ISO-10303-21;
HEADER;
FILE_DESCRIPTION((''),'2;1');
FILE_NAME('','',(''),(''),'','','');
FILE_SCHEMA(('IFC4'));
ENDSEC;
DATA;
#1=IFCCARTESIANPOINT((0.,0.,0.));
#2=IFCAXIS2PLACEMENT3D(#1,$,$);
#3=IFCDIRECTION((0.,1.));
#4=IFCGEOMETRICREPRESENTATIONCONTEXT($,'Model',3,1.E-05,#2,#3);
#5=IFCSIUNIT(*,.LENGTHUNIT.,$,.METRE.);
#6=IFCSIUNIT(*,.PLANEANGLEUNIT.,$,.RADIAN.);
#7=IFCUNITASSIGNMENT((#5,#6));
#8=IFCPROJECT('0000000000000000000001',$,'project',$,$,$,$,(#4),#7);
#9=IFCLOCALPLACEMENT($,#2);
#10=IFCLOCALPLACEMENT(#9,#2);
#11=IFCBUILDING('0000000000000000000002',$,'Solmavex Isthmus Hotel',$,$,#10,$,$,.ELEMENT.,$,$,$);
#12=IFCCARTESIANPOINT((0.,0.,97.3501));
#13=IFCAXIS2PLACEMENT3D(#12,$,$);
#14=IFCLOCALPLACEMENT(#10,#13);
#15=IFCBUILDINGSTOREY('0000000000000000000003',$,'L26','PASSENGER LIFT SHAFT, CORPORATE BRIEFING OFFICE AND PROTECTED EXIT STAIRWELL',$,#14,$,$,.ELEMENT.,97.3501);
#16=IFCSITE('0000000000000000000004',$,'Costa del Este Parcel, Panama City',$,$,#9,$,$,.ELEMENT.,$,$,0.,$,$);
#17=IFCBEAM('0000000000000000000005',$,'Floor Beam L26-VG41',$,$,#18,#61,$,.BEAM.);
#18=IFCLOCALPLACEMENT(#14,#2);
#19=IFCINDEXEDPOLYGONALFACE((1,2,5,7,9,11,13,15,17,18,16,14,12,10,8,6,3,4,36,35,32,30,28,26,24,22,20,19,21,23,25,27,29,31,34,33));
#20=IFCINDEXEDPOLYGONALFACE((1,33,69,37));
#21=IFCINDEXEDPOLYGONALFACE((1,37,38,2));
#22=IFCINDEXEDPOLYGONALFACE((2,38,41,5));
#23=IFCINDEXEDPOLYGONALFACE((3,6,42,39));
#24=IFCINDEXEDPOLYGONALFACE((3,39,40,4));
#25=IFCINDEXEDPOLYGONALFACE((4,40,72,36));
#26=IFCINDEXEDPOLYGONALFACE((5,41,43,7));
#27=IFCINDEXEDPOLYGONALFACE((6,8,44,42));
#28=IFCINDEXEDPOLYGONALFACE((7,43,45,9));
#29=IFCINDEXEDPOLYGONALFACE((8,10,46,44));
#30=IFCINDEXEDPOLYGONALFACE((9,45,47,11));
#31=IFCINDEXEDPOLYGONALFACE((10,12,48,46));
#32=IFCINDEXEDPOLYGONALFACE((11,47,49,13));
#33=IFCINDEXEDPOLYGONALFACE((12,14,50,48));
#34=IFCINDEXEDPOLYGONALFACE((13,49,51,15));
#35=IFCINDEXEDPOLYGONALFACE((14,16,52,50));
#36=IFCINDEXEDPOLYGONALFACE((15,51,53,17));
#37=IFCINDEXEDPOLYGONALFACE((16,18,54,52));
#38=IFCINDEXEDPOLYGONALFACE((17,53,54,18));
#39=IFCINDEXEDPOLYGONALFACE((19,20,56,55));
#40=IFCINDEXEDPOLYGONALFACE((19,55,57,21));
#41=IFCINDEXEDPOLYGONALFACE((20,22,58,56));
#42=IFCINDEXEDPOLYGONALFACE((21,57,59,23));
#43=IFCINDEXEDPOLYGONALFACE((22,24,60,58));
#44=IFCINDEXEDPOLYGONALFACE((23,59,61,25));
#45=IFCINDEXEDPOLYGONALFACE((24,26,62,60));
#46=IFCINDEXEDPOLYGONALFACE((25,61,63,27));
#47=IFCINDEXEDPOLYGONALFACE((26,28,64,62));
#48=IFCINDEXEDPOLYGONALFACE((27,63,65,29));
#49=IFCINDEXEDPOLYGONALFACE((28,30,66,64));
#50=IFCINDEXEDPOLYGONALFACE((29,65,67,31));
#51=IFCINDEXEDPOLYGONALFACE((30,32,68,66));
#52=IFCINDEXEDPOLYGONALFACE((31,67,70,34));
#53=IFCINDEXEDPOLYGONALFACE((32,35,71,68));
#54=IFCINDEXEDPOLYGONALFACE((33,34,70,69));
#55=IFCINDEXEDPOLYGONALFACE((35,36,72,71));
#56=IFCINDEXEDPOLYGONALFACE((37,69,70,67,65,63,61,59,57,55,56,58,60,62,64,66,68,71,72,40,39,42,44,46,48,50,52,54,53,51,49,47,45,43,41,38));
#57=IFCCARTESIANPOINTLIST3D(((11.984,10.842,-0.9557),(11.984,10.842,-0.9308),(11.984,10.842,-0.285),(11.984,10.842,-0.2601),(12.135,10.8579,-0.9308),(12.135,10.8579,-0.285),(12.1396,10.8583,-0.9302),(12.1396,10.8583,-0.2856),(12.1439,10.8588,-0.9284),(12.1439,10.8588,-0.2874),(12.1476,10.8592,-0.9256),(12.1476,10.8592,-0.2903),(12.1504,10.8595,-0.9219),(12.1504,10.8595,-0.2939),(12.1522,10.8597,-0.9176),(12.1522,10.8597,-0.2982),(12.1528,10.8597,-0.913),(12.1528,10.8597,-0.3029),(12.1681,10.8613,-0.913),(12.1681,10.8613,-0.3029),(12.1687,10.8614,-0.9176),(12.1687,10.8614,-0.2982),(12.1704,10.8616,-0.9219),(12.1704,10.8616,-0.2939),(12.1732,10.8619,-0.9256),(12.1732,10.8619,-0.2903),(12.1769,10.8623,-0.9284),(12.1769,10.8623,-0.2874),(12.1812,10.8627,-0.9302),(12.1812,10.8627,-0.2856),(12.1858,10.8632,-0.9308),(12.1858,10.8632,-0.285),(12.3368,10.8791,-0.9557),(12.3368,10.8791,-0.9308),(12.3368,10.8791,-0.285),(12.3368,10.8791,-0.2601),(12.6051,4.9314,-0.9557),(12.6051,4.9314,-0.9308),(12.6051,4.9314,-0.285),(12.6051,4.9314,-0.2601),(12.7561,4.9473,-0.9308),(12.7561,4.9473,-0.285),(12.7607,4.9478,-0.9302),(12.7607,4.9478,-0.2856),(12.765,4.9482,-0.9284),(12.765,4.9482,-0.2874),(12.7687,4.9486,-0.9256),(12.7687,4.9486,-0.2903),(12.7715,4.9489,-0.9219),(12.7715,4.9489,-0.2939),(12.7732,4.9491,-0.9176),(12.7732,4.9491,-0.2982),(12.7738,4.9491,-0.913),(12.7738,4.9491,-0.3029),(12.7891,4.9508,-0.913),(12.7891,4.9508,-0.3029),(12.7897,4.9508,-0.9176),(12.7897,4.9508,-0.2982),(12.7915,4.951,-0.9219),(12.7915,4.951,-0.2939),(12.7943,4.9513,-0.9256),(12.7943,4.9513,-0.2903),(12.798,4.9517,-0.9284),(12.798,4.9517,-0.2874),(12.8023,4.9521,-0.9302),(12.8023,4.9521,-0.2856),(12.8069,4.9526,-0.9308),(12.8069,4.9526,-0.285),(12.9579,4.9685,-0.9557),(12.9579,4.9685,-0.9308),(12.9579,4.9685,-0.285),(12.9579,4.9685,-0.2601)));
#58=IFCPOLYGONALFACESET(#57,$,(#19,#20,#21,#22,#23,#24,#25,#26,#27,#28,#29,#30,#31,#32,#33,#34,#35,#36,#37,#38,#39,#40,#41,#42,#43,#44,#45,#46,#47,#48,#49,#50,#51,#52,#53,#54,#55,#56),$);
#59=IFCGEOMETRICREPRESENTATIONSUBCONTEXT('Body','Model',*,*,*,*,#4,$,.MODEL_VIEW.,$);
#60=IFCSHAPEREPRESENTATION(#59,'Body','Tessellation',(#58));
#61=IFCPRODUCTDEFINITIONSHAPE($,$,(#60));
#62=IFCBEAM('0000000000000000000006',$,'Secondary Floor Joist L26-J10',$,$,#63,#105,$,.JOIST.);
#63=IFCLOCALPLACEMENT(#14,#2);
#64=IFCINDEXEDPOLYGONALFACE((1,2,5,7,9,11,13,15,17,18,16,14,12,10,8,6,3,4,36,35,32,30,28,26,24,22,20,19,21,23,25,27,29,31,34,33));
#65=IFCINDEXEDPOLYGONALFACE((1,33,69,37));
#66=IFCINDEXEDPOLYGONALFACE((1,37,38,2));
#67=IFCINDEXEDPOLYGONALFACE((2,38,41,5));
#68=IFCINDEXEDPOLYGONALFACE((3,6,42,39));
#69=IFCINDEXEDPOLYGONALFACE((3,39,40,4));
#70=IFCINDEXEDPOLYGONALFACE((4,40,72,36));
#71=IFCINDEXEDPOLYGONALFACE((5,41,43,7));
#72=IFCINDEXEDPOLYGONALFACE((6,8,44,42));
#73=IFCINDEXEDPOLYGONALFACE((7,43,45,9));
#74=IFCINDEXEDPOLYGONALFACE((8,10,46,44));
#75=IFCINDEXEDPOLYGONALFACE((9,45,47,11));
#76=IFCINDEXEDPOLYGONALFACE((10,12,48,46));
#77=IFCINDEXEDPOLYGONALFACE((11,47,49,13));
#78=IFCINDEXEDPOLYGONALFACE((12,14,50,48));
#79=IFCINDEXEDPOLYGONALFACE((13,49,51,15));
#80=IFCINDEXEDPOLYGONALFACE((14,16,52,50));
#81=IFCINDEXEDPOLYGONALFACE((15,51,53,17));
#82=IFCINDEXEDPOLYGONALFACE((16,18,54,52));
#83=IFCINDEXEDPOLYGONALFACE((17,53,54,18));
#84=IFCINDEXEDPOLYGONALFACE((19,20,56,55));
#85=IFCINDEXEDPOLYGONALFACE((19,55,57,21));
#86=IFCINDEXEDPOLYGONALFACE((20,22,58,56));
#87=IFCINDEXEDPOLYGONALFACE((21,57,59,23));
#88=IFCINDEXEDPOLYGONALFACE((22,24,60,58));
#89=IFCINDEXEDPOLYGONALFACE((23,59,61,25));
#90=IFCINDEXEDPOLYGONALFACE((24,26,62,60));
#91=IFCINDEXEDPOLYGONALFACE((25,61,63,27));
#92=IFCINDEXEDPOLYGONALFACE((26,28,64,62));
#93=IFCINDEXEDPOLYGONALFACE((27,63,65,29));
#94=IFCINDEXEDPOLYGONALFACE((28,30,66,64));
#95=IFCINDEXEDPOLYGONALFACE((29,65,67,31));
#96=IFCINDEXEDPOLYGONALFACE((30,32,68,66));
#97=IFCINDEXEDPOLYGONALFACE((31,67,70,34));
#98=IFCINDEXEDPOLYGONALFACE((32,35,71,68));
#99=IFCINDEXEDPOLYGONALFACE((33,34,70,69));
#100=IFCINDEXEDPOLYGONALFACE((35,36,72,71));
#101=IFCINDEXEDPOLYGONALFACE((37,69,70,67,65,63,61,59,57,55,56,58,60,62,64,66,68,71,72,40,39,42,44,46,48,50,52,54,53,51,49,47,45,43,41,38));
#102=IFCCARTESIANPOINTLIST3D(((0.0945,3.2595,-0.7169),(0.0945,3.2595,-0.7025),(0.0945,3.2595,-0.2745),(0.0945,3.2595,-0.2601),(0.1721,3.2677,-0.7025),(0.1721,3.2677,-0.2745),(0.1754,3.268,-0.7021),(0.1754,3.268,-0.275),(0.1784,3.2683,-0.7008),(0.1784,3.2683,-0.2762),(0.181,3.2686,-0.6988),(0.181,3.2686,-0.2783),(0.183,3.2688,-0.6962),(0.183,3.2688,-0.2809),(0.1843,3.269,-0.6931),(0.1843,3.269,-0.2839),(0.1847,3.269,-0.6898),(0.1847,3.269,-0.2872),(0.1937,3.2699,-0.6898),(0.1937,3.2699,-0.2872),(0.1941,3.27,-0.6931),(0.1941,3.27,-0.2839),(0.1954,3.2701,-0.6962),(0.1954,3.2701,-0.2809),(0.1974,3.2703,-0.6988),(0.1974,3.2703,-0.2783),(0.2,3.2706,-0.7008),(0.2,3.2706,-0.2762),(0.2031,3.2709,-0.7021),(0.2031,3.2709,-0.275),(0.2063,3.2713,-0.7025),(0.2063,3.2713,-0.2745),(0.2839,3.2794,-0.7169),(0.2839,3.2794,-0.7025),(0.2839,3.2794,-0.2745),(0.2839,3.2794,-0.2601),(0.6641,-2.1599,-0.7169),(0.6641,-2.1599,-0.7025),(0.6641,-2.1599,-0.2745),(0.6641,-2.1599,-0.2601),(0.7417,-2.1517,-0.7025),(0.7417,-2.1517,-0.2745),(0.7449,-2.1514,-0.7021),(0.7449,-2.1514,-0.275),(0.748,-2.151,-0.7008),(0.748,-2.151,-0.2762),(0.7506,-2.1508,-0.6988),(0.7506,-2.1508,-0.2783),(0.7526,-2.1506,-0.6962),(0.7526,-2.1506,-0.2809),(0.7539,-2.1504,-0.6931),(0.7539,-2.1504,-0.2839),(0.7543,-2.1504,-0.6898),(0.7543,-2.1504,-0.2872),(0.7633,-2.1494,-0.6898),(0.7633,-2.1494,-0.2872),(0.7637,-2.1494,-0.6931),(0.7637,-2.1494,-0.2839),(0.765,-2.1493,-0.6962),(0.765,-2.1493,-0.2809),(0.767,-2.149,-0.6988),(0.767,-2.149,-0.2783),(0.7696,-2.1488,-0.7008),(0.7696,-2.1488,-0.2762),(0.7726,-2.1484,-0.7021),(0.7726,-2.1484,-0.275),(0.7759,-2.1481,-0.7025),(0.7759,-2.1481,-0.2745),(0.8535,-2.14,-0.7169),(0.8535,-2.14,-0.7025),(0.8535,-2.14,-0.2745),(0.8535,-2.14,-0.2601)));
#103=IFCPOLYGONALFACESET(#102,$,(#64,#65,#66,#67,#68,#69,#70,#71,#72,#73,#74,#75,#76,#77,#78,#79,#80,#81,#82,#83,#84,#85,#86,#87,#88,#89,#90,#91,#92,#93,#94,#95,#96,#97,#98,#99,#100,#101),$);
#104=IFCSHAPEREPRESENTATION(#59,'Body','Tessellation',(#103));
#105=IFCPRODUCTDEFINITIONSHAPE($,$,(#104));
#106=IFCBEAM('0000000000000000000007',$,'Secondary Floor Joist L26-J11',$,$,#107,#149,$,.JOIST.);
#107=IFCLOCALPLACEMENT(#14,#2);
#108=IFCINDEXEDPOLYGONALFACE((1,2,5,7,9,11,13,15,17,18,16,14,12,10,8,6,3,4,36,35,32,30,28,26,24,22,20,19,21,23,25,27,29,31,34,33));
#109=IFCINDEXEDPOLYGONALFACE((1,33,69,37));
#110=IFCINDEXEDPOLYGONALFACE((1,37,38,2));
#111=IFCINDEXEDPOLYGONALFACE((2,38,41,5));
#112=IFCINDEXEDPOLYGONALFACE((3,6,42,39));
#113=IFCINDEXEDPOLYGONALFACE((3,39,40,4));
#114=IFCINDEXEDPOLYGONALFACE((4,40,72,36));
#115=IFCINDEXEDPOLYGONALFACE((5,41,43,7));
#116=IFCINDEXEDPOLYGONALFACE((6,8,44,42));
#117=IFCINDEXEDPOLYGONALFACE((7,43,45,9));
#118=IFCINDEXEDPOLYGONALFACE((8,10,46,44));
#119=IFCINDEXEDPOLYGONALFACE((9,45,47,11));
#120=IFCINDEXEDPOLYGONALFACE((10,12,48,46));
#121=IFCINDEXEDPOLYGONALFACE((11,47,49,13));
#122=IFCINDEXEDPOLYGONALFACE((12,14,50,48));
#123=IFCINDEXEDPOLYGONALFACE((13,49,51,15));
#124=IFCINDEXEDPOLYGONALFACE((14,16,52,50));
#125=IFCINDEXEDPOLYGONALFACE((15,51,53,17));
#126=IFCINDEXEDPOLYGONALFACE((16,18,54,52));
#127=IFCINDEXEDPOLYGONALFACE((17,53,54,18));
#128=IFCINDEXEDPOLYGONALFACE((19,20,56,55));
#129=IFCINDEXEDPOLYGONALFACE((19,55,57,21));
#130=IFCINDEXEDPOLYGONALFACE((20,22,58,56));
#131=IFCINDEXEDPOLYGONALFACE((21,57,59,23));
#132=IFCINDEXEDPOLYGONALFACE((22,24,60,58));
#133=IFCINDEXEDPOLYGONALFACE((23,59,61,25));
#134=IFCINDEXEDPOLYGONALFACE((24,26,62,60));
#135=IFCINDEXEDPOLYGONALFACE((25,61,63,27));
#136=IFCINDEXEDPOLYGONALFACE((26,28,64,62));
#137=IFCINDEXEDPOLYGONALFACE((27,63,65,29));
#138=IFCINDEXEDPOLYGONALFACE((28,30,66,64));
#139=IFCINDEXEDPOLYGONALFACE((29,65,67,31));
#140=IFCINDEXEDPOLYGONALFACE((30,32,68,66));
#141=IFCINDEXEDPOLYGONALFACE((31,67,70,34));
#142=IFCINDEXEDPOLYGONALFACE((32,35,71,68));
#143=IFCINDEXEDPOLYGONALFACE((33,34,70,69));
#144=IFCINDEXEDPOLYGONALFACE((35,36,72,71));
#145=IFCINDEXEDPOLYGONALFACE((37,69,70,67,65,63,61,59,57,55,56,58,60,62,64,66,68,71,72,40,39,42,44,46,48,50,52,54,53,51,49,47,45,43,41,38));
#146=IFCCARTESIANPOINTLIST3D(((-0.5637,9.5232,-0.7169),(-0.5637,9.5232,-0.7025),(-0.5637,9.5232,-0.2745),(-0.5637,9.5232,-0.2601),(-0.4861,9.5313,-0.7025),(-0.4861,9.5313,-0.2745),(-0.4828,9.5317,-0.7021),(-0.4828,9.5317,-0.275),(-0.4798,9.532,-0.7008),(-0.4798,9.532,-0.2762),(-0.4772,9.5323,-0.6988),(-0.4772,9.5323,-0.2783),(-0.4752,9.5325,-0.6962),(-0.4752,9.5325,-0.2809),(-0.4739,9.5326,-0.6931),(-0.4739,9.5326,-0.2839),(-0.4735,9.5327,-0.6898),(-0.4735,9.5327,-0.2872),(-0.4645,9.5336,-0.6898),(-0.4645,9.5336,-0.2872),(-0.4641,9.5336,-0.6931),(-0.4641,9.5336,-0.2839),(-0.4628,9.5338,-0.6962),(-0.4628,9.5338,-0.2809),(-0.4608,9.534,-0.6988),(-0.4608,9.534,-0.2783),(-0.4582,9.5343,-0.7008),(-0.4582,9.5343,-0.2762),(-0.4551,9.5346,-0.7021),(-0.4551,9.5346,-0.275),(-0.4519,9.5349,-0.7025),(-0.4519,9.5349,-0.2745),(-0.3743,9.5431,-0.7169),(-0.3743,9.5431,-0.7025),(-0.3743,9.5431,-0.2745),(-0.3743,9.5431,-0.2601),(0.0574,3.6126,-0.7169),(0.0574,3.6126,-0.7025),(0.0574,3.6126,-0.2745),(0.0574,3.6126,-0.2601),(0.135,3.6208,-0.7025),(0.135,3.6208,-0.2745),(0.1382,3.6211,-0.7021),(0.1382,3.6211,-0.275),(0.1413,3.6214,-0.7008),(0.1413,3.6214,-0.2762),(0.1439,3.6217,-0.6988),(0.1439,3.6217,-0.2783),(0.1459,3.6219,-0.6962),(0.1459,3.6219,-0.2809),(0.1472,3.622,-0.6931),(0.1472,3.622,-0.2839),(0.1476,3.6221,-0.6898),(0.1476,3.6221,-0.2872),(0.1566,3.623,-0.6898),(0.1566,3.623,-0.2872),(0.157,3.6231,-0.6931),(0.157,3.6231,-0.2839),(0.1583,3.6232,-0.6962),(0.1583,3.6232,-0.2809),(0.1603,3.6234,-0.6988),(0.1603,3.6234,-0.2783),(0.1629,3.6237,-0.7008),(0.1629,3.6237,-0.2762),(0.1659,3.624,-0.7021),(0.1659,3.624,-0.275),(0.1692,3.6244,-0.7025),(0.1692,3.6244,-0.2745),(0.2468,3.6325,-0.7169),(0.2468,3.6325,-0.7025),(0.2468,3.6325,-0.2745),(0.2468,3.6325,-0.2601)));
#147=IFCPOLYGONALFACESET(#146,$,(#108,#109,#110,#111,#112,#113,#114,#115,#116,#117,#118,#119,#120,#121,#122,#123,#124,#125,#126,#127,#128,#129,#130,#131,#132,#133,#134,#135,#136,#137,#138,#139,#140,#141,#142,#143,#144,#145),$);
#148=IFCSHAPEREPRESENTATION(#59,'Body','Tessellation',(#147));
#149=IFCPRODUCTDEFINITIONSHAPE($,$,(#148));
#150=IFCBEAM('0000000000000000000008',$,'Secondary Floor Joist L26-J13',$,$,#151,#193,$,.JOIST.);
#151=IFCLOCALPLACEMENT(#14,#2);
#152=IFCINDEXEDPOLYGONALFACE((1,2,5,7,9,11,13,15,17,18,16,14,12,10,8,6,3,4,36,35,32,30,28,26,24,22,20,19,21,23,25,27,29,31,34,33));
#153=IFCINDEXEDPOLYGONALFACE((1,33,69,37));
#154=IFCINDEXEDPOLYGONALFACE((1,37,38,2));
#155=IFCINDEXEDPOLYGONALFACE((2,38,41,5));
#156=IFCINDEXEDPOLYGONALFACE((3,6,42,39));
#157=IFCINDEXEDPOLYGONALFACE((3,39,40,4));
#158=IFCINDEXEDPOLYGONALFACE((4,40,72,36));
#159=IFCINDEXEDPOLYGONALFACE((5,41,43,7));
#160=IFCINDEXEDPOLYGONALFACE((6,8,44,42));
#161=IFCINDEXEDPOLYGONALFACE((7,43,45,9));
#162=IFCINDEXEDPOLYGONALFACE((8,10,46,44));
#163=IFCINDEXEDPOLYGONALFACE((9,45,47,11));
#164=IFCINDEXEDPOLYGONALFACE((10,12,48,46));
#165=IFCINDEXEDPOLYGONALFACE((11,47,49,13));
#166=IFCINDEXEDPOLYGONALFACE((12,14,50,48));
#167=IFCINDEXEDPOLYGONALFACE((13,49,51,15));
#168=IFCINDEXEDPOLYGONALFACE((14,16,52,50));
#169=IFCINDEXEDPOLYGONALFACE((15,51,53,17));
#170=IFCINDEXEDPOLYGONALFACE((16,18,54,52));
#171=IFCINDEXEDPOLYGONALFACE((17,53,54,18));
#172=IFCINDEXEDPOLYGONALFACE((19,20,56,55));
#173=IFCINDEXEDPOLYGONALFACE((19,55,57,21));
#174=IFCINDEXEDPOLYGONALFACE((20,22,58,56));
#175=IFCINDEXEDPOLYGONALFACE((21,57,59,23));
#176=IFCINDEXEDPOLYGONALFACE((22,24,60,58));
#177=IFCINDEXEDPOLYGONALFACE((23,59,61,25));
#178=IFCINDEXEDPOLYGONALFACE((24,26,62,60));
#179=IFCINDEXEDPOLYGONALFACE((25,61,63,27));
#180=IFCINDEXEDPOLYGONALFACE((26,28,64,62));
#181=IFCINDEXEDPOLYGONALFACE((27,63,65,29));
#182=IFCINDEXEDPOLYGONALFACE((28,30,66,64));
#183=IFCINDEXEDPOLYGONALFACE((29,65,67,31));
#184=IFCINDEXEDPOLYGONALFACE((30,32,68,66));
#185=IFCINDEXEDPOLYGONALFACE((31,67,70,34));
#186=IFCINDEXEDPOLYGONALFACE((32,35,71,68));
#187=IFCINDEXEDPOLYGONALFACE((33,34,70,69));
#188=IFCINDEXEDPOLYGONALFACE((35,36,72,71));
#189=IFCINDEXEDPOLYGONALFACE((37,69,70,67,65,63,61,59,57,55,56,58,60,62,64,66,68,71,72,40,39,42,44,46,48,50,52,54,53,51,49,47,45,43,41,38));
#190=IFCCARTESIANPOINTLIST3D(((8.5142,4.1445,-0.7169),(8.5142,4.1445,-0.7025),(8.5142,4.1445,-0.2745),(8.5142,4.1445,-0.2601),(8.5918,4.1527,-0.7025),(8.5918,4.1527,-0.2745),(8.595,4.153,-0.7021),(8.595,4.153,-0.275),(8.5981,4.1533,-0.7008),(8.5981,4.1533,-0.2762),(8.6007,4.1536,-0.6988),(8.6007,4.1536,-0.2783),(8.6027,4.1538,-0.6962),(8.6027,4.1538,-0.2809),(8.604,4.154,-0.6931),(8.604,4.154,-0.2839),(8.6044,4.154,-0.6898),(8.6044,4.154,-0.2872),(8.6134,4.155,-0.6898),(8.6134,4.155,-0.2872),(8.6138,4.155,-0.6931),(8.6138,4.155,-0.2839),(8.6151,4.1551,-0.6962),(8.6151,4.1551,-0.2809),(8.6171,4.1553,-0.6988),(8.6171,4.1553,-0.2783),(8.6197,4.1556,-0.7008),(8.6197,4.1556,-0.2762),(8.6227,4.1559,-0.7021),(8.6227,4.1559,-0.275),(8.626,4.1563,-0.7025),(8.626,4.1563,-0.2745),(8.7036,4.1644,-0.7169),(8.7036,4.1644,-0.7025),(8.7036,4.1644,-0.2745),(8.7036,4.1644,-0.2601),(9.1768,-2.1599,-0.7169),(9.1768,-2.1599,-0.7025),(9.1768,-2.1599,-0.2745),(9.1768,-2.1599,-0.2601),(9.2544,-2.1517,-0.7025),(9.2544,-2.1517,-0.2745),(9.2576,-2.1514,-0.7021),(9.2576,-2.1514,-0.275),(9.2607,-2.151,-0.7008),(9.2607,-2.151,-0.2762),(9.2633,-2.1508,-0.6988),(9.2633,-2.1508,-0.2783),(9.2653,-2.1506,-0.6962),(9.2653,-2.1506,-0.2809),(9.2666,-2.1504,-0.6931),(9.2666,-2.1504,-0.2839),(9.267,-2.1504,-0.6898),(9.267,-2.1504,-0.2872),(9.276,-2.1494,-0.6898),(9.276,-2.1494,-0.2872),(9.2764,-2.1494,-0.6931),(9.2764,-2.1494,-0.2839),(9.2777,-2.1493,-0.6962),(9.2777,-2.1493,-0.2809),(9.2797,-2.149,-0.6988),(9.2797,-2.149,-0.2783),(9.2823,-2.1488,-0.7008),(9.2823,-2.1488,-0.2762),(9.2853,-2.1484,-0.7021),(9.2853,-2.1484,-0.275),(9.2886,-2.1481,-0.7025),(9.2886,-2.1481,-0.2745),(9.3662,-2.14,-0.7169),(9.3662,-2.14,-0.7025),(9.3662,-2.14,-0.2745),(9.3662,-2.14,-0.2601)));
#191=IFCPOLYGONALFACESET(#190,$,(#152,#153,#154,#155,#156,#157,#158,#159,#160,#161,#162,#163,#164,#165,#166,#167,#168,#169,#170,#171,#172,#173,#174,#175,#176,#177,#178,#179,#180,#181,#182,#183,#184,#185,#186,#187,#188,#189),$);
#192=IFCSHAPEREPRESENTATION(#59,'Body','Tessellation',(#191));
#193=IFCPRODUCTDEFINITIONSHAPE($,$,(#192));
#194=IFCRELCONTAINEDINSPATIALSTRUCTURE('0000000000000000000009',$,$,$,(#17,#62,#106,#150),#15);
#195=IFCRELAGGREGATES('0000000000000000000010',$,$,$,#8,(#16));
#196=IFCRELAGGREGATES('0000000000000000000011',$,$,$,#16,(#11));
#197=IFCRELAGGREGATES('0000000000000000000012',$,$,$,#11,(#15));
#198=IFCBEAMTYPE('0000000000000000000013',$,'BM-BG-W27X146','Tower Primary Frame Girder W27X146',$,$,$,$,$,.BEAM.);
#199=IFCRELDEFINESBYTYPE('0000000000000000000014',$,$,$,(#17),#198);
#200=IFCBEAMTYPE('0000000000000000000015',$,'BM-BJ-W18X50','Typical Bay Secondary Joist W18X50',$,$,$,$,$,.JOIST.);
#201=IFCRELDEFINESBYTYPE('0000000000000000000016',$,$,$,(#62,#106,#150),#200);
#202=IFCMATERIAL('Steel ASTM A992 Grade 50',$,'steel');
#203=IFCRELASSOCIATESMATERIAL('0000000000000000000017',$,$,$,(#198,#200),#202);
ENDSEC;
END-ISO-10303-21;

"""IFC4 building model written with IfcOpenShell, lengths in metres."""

from ifc_helpers import new_model, si_unit, direction, frame, origin, origin_2d, place, context, subcontext, project, spatial, i_section, extrude, material, material_profile, profile_set, type_object, element, save


model = new_model("IFC4")

# Units and contexts
model_context = context("Model", 3, precision=1e-05, world=origin(), true_north=direction((0.0, 1.0)))
body_context = subcontext(model_context, "Body", "Model", "MODEL_VIEW")
ifc_project = project(units=[si_unit("LENGTHUNIT", "METRE"), si_unit("PLANEANGLEUNIT", "RADIAN")], contexts=[model_context])

# Site, building, storey
site_placement = place(None, origin())
site = spatial("IfcSite", under=ifc_project, at=site_placement, Name="Costa del Este Parcel, Panama City", CompositionType="ELEMENT", RefElevation=0.0)
building_placement = place(site_placement, origin())
building = spatial("IfcBuilding", under=site, at=building_placement, Name="Solmavex Isthmus Hotel", CompositionType="ELEMENT")
storey_placement = place(building_placement, frame((0.0, 0.0, 97.3501)))
storey = spatial("IfcBuildingStorey", under=building, at=storey_placement, Name="L26", Description="PASSENGER LIFT SHAFT, CORPORATE BRIEFING OFFICE AND PROTECTED EXIT STAIRWELL", CompositionType="ELEMENT", Elevation=97.3501)

# Beams
ifc_material_1 = material(Name="Steel ASTM A992 Grade 50", Category="steel")
ifc_material_profile_1 = material_profile(ifc_material_1, i_section(OverallWidth=0.3547, OverallDepth=0.6956, WebThickness=0.0154, FlangeThickness=0.0249, FilletRadius=0.0178, at=origin_2d()), Name="W27X146")
ifc_profile_set_1 = profile_set([ifc_material_profile_1], Name="Steel ASTM A992 Grade 50")
beam_type_1 = type_object("IfcBeamType", Name="BM-BG-W27X146", Description="Tower Primary Frame Girder W27X146", PredefinedType="BEAM", material=ifc_profile_set_1)
beam_1_placement = place(storey_placement, frame((12.7815, 4.95, -0.6079), z_axis=(-0.104505, 0.994524, 0.0), x_axis=(-0.994524, -0.104505, 0.0)))
element("IfcBeam", 1, at=beam_1_placement, inside=storey, type_object=beam_type_1, Name="Floor Beam L26-VG41", PredefinedType="BEAM", context=body_context, shape_type="SweptSolid", body=[
    extrude(i_section(OverallWidth=0.3547, OverallDepth=0.6956, WebThickness=0.0154, FlangeThickness=0.0249, FilletRadius=0.0178, at=origin_2d()), origin(), (0.0, 0.0, 1.0), 5.9431),
])
ifc_material_profile_2 = material_profile(ifc_material_1, i_section(OverallWidth=0.1904, OverallDepth=0.4568, WebThickness=0.009, FlangeThickness=0.0144, FilletRadius=0.0127, at=origin_2d()), Name="W18X50")
ifc_profile_set_2 = profile_set([ifc_material_profile_2], Name="Steel ASTM A992 Grade 50")
beam_type_2 = type_object("IfcBeamType", Name="BM-BJ-W18X50", Description="Typical Bay Secondary Joist W18X50", PredefinedType="JOIST", material=ifc_profile_set_2)
beam_2_placement = place(storey_placement, frame((0.7588, -2.1499, -0.4885), z_axis=(-0.104524, 0.994522, 0.0), x_axis=(-0.994522, -0.104524, 0.0)))
element("IfcBeam", 2, at=beam_2_placement, inside=storey, type_object=beam_type_2, Name="Secondary Floor Joist L26-J10", PredefinedType="JOIST", context=body_context, shape_type="SweptSolid", body=[
    extrude(i_section(OverallWidth=0.1904, OverallDepth=0.4568, WebThickness=0.009, FlangeThickness=0.0144, FilletRadius=0.0127, at=origin_2d()), origin(), (0.0, 0.0, 1.0), 5.4492),
])
beam_3_placement = place(storey_placement, frame((0.1521, 3.6226, -0.4885), z_axis=(-0.104505, 0.994524, 0.0), x_axis=(-0.994524, -0.104505, 0.0)))
element("IfcBeam", 3, at=beam_3_placement, inside=storey, type_object=beam_type_2, Name="Secondary Floor Joist L26-J11", PredefinedType="JOIST", context=body_context, shape_type="SweptSolid", body=[
    extrude(i_section(OverallWidth=0.1904, OverallDepth=0.4568, WebThickness=0.009, FlangeThickness=0.0144, FilletRadius=0.0127, at=origin_2d()), origin(), (0.0, 0.0, 1.0), 5.9431),
])
beam_4_placement = place(storey_placement, frame((9.2715, -2.1499, -0.4885), z_axis=(-0.104524, 0.994522, 0.0), x_axis=(-0.994522, -0.104524, 0.0)))
element("IfcBeam", 4, at=beam_4_placement, inside=storey, type_object=beam_type_2, Name="Secondary Floor Joist L26-J13", PredefinedType="JOIST", context=body_context, shape_type="SweptSolid", body=[
    extrude(i_section(OverallWidth=0.1904, OverallDepth=0.4568, WebThickness=0.009, FlangeThickness=0.0144, FilletRadius=0.0127, at=origin_2d()), origin(), (0.0, 0.0, 1.0), 6.3391),
])

save(model, "model.ifc")
